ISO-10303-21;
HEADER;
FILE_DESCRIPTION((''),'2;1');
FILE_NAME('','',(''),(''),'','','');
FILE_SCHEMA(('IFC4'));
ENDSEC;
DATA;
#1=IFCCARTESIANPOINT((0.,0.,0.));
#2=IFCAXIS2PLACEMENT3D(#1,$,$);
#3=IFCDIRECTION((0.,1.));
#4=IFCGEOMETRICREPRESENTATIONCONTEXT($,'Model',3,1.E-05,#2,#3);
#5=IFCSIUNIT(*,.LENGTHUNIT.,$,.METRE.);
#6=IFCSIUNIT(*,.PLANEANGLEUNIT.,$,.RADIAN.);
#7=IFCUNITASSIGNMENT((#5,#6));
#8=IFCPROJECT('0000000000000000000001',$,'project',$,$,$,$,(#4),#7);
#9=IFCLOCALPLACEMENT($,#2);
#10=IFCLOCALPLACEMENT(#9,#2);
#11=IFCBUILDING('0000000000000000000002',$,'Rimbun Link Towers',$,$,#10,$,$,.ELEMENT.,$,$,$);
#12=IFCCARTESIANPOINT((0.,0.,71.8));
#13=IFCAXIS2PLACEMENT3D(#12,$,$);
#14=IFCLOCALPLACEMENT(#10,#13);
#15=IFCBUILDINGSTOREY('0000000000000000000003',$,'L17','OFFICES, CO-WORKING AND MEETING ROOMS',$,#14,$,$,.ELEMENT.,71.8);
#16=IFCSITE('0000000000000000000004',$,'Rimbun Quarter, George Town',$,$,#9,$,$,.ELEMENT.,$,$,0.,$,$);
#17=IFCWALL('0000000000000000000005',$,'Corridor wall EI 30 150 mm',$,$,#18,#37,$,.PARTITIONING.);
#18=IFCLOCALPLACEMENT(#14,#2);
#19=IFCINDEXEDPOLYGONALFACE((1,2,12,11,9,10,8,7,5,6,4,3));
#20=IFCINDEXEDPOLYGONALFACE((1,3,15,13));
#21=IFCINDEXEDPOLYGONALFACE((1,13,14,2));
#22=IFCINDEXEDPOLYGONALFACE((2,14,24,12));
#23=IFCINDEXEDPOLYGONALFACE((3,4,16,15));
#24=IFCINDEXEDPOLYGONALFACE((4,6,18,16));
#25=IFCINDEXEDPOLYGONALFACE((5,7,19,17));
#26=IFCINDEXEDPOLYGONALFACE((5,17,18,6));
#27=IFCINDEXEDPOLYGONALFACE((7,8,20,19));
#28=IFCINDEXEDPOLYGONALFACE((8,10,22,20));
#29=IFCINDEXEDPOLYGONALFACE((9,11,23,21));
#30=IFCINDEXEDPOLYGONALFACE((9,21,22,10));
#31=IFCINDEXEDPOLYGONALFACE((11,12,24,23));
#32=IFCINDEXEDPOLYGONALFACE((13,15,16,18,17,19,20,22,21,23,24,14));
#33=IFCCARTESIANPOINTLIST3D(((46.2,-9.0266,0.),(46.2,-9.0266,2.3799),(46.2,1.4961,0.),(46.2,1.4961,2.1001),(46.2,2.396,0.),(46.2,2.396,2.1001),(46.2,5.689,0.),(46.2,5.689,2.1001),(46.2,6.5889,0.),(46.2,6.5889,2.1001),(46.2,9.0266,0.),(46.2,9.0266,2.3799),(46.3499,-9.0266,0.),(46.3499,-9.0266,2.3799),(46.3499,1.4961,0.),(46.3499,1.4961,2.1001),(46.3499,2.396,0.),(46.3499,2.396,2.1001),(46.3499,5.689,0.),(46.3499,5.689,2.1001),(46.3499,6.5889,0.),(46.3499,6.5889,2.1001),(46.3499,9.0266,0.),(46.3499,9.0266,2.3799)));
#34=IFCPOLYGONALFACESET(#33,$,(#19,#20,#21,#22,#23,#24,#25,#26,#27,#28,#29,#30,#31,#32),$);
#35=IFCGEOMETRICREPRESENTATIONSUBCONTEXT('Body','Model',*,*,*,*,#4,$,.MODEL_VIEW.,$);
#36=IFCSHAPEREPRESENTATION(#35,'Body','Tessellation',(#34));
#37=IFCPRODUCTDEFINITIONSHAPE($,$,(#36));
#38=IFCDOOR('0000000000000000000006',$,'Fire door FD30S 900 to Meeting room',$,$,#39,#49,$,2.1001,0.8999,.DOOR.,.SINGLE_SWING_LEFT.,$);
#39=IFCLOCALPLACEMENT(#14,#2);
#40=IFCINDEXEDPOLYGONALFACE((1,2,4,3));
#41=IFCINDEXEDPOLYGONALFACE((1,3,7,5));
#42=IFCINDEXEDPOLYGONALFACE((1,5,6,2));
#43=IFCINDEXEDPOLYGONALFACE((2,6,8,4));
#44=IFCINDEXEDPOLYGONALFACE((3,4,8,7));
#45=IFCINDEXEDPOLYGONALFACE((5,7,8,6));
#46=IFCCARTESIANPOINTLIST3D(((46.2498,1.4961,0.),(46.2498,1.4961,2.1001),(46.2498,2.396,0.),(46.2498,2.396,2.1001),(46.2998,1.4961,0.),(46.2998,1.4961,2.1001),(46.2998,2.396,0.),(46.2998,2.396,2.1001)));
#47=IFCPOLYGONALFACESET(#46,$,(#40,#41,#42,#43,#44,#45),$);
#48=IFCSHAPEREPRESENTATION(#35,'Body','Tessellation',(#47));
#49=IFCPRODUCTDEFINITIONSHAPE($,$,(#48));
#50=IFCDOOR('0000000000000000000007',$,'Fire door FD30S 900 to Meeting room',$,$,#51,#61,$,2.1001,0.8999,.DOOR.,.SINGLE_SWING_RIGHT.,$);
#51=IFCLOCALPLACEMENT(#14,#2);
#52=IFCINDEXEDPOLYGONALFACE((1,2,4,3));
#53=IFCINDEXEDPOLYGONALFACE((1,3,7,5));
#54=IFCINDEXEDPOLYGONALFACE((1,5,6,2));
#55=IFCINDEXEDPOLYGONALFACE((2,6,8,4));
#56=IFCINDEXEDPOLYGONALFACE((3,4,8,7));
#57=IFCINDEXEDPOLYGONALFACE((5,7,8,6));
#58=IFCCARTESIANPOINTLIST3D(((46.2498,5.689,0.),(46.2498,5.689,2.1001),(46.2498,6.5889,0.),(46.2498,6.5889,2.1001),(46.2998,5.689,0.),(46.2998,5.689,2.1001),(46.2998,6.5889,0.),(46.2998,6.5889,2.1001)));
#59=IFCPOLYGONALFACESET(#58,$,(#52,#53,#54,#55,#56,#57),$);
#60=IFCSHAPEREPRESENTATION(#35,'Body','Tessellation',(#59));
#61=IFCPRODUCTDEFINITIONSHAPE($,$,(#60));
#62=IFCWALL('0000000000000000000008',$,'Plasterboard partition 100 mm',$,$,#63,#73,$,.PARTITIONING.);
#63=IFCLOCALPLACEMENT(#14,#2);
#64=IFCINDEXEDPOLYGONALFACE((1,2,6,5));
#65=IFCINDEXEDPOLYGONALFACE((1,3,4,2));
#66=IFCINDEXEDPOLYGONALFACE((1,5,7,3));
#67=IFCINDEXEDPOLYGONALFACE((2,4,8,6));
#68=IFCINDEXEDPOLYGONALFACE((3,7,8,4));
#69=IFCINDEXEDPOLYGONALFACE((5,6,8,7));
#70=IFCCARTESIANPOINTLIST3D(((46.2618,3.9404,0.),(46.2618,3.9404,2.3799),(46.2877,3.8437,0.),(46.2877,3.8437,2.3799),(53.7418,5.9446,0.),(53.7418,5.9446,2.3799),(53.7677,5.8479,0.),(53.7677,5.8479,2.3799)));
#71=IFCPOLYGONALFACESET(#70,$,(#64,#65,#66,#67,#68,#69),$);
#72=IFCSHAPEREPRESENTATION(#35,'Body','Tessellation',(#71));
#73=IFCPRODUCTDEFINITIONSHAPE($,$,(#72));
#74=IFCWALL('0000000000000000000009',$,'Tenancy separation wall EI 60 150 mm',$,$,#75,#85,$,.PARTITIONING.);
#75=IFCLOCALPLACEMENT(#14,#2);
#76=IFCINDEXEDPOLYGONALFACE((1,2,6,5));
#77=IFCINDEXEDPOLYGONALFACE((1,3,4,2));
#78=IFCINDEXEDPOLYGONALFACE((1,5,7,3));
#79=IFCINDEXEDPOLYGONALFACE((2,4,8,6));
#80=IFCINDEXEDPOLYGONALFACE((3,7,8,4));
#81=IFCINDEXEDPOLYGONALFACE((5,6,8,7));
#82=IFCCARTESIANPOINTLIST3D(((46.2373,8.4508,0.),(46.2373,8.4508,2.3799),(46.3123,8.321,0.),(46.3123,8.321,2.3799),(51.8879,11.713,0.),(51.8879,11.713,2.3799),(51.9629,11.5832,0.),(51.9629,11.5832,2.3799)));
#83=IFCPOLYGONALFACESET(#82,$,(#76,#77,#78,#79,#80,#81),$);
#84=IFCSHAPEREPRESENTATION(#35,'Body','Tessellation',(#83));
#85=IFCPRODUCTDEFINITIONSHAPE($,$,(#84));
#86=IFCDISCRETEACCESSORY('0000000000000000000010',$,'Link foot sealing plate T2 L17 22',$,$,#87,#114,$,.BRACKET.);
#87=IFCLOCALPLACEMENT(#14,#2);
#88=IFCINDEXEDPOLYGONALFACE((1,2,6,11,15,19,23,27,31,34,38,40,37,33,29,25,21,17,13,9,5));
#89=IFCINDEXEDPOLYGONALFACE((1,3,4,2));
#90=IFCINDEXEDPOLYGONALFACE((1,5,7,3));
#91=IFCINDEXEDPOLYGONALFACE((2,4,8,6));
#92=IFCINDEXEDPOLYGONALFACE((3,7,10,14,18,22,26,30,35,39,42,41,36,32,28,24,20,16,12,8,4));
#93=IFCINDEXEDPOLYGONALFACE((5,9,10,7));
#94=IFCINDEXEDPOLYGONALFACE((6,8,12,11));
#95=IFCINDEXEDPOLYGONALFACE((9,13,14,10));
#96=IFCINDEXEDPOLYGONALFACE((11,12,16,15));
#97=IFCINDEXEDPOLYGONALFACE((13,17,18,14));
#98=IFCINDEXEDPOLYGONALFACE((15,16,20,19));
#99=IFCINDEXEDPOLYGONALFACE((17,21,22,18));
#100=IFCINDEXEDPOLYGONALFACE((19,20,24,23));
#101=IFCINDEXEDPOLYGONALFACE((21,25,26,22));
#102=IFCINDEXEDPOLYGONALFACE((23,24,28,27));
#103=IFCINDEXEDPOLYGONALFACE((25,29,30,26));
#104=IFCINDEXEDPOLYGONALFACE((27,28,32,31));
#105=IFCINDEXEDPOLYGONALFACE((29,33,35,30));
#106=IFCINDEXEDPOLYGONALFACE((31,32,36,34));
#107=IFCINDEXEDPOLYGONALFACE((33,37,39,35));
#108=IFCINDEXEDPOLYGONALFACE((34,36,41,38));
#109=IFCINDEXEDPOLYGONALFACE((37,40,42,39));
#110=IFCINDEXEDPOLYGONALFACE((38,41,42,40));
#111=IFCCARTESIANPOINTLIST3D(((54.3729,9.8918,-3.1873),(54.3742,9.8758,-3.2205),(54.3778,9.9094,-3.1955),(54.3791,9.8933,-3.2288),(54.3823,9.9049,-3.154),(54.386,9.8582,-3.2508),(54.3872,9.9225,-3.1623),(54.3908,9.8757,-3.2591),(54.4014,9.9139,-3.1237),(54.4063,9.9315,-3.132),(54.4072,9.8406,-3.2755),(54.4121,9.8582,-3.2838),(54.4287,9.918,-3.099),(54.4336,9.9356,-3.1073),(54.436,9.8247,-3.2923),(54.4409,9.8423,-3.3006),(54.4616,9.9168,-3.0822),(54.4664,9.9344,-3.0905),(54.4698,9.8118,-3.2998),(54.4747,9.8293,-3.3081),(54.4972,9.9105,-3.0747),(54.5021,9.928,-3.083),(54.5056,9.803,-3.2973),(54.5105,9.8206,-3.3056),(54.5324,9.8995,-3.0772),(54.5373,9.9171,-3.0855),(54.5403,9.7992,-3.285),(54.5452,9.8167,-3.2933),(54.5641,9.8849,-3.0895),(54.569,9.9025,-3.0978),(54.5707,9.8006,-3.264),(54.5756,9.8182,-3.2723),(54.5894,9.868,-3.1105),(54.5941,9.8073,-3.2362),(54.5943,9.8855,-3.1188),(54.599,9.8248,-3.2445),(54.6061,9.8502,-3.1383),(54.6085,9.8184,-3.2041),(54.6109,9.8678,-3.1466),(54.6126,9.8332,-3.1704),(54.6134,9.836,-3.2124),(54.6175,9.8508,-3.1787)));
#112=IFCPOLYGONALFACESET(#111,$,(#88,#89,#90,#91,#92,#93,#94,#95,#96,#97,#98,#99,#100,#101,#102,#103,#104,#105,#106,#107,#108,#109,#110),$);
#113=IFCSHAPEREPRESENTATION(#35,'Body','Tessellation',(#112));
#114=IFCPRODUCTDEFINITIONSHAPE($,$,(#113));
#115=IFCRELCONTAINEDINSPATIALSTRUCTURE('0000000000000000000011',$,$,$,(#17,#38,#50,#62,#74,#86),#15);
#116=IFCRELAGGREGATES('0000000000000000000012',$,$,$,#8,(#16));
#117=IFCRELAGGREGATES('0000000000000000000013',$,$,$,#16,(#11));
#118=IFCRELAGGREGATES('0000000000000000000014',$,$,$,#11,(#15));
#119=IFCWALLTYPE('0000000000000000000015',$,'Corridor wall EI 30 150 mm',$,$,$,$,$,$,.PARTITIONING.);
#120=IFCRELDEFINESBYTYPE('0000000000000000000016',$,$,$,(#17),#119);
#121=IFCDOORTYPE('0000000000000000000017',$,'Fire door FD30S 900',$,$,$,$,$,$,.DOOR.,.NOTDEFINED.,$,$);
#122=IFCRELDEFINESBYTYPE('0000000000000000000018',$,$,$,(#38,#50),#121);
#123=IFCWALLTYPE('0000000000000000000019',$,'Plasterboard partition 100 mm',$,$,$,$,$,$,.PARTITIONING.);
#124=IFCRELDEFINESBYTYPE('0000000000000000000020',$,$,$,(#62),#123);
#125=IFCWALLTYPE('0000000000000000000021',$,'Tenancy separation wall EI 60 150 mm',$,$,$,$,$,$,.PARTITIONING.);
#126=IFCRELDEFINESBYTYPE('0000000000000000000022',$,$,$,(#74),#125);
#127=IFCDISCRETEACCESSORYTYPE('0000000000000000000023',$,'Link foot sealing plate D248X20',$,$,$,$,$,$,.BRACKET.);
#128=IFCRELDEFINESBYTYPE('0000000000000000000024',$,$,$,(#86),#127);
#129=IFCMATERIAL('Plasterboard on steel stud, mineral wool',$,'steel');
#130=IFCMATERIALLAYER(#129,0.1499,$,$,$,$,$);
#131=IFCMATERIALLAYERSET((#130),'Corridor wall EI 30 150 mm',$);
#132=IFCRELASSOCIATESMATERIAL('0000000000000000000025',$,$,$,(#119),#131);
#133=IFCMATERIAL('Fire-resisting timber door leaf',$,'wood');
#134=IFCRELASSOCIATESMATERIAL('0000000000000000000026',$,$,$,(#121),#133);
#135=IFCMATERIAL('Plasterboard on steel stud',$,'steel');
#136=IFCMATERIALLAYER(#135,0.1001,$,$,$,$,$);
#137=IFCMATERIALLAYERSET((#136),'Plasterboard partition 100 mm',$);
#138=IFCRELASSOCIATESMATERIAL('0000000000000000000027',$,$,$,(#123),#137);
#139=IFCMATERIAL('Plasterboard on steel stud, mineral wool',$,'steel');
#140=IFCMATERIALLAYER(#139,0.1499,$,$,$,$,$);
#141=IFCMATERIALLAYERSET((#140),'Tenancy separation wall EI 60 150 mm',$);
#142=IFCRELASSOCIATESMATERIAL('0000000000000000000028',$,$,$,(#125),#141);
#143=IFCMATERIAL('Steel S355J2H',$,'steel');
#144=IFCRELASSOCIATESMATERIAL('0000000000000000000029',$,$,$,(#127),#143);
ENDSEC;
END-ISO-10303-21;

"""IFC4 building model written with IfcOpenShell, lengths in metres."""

from ifc_helpers import new_model, si_unit, direction, frame, frame_2d, origin, origin_2d, place, context, subcontext, project, spatial, rectangle, circle, extrude, material, layer, layer_set, material_profile, profile_set, type_object, element, fill, save


model = new_model("IFC4")

# Units and contexts
model_context = context("Model", 3, precision=1e-05, world=origin(), true_north=direction((0.0, 1.0)))
body_context = subcontext(model_context, "Body", "Model", "MODEL_VIEW")
ifc_project = project(units=[si_unit("LENGTHUNIT", "METRE"), si_unit("PLANEANGLEUNIT", "RADIAN")], contexts=[model_context])

# Site, building, storey
site_placement = place(None, origin())
site = spatial("IfcSite", under=ifc_project, at=site_placement, Name="Rimbun Quarter, George Town", CompositionType="ELEMENT", RefElevation=0.0)
building_placement = place(site_placement, origin())
building = spatial("IfcBuilding", under=site, at=building_placement, Name="Rimbun Link Towers", CompositionType="ELEMENT")
storey_placement = place(building_placement, frame((0.0, 0.0, 71.8)))
storey = spatial("IfcBuildingStorey", under=building, at=storey_placement, Name="L17", Description="OFFICES, CO-WORKING AND MEETING ROOMS", CompositionType="ELEMENT", Elevation=71.8)

# Shared definitions
ifc_material_1 = material(Name="Plasterboard on steel stud, mineral wool", Category="steel")
ifc_layer_1 = layer(ifc_material_1, 0.1499)
ifc_layer_set_1 = layer_set([ifc_layer_1], Name="Corridor wall EI 30 150 mm")
wall_type_1 = type_object("IfcWallType", Name="Corridor wall EI 30 150 mm", PredefinedType="PARTITIONING", material=ifc_layer_set_1)

# Wall, openings, doors
wall_1_placement = place(storey_placement, frame((46.2749, 9.0266, 0.0), z_axis=(0.0, 0.0, 1.0), x_axis=(0.0, -1.0, 0.0)))
wall_1 = element("IfcWall", 1, at=wall_1_placement, inside=storey, type_object=wall_type_1, Name="Corridor wall EI 30 150 mm", PredefinedType="PARTITIONING", context=body_context, shape_type="SweptSolid", body=[
    extrude(rectangle(XDim=18.0532, YDim=0.1499, at=frame_2d((9.0266, 0.0))), origin(), (0.0, 0.0, 1.0), 2.3799),
])
opening_1_placement = place(wall_1_placement, frame((6.6306, 0.0, 0.0)))
opening_1 = element("IfcOpeningElement", 2, at=opening_1_placement, cuts=wall_1, PredefinedType="OPENING", context=body_context, shape_type="SweptSolid", body=[
    extrude(rectangle(XDim=0.8999, YDim=2.1001, at=frame_2d((0.45, 1.05))), frame((0.0, 0.085, 0.0), z_axis=(0.0, -1.0, 0.0), x_axis=(1.0, 0.0, 0.0)), (0.0, 0.0, 1.0), 0.1699),
])
opening_2_placement = place(wall_1_placement, frame((2.4377, 0.0, 0.0)))
opening_2 = element("IfcOpeningElement", 3, at=opening_2_placement, cuts=wall_1, PredefinedType="OPENING", context=body_context, shape_type="SweptSolid", body=[
    extrude(rectangle(XDim=0.8999, YDim=2.1001, at=frame_2d((0.45, 1.05))), frame((0.0, 0.085, 0.0), z_axis=(0.0, -1.0, 0.0), x_axis=(1.0, 0.0, 0.0)), (0.0, 0.0, 1.0), 0.1699),
])
ifc_material_2 = material(Name="Fire-resisting timber door leaf", Category="wood")
door_type = type_object("IfcDoorType", Name="Fire door FD30S 900", OperationType="NOTDEFINED", PredefinedType="DOOR", material=ifc_material_2)
door_1_placement = place(opening_1_placement, origin())
door_1 = element("IfcDoor", 4, at=door_1_placement, inside=storey, type_object=door_type, Name="Fire door FD30S 900 to Meeting room", OperationType="SINGLE_SWING_LEFT", OverallHeight=2.1001, OverallWidth=0.8999, PredefinedType="DOOR", context=body_context, shape_type="SweptSolid", body=[
    extrude(rectangle(XDim=0.8999, YDim=2.1001, at=frame_2d((0.45, 1.05))), frame((0.0, 0.0249, 0.0), z_axis=(0.0, -1.0, 0.0), x_axis=(1.0, 0.0, 0.0)), (0.0, 0.0, 1.0), 0.05),
])
fill(opening_1, door_1)
door_2_placement = place(opening_2_placement, origin())
door_2 = element("IfcDoor", 5, at=door_2_placement, inside=storey, type_object=door_type, Name="Fire door FD30S 900 to Meeting room", OperationType="SINGLE_SWING_RIGHT", OverallHeight=2.1001, OverallWidth=0.8999, PredefinedType="DOOR", context=body_context, shape_type="SweptSolid", body=[
    extrude(rectangle(XDim=0.8999, YDim=2.1001, at=frame_2d((0.45, 1.05))), frame((0.0, 0.0249, 0.0), z_axis=(0.0, -1.0, 0.0), x_axis=(1.0, 0.0, 0.0)), (0.0, 0.0, 1.0), 0.05),
])
fill(opening_2, door_2)

# Walls
ifc_material_3 = material(Name="Plasterboard on steel stud", Category="steel")
ifc_layer_2 = layer(ifc_material_3, 0.1001)
ifc_layer_set_2 = layer_set([ifc_layer_2], Name="Plasterboard partition 100 mm")
wall_type_2 = type_object("IfcWallType", Name="Plasterboard partition 100 mm", PredefinedType="PARTITIONING", material=ifc_layer_set_2)
wall_2_placement = place(storey_placement, frame((53.7549, 5.8962, 0.0), z_axis=(0.0, 0.0, 1.0), x_axis=(-0.965929, -0.258806, 0.0)))
element("IfcWall", 6, at=wall_2_placement, inside=storey, type_object=wall_type_2, Name="Plasterboard partition 100 mm", PredefinedType="PARTITIONING", context=body_context, shape_type="SweptSolid", body=[
    extrude(rectangle(XDim=7.7439, YDim=0.1001, at=frame_2d((3.8721, 0.0))), origin(), (0.0, 0.0, 1.0), 2.3799),
])
ifc_material_4 = material(Name="Plasterboard on steel stud, mineral wool", Category="steel")
ifc_layer_3 = layer(ifc_material_4, 0.1499)
ifc_layer_set_3 = layer_set([ifc_layer_3], Name="Tenancy separation wall EI 60 150 mm")
wall_type_3 = type_object("IfcWallType", Name="Tenancy separation wall EI 60 150 mm", PredefinedType="PARTITIONING", material=ifc_layer_set_3)
wall_3_placement = place(storey_placement, frame((46.2749, 8.386, 0.0), z_axis=(0.0, 0.0, 1.0), x_axis=(0.866038, 0.499978, 0.0)))
element("IfcWall", 7, at=wall_3_placement, inside=storey, type_object=wall_type_3, Name="Tenancy separation wall EI 60 150 mm", PredefinedType="PARTITIONING", context=body_context, shape_type="SweptSolid", body=[
    extrude(rectangle(XDim=6.5247, YDim=0.1499, at=frame_2d((3.2622, 0.0))), origin(), (0.0, 0.0, 1.0), 2.3799),
])

# Discrete accessory
ifc_material_5 = material(Name="Steel S355J2H", Category="steel")
ifc_material_profile_1 = material_profile(ifc_material_5, circle(Radius=0.124, at=origin_2d()), Name="PL D248")
ifc_profile_set_1 = profile_set([ifc_material_profile_1], Name="Steel S355J2H")
discrete_accessory_type = type_object("IfcDiscreteAccessoryType", Name="Link foot sealing plate D248X20", PredefinedType="BRACKET", material=ifc_profile_set_1)
discrete_accessory_placement = place(storey_placement, frame((54.4924, 9.8586, -3.1873), z_axis=(0.243613, 0.877006, -0.414142), x_axis=(-0.963518, 0.267644, 0.0)))
element("IfcDiscreteAccessory", 8, at=discrete_accessory_placement, inside=storey, type_object=discrete_accessory_type, Name="Link foot sealing plate T2 L17 22", PredefinedType="BRACKET", context=body_context, shape_type="SweptSolid", body=[
    extrude(circle(Radius=0.124, at=origin_2d()), origin(), (0.0, 0.0, 1.0), 0.02),
])

save(model, "model.ifc")
